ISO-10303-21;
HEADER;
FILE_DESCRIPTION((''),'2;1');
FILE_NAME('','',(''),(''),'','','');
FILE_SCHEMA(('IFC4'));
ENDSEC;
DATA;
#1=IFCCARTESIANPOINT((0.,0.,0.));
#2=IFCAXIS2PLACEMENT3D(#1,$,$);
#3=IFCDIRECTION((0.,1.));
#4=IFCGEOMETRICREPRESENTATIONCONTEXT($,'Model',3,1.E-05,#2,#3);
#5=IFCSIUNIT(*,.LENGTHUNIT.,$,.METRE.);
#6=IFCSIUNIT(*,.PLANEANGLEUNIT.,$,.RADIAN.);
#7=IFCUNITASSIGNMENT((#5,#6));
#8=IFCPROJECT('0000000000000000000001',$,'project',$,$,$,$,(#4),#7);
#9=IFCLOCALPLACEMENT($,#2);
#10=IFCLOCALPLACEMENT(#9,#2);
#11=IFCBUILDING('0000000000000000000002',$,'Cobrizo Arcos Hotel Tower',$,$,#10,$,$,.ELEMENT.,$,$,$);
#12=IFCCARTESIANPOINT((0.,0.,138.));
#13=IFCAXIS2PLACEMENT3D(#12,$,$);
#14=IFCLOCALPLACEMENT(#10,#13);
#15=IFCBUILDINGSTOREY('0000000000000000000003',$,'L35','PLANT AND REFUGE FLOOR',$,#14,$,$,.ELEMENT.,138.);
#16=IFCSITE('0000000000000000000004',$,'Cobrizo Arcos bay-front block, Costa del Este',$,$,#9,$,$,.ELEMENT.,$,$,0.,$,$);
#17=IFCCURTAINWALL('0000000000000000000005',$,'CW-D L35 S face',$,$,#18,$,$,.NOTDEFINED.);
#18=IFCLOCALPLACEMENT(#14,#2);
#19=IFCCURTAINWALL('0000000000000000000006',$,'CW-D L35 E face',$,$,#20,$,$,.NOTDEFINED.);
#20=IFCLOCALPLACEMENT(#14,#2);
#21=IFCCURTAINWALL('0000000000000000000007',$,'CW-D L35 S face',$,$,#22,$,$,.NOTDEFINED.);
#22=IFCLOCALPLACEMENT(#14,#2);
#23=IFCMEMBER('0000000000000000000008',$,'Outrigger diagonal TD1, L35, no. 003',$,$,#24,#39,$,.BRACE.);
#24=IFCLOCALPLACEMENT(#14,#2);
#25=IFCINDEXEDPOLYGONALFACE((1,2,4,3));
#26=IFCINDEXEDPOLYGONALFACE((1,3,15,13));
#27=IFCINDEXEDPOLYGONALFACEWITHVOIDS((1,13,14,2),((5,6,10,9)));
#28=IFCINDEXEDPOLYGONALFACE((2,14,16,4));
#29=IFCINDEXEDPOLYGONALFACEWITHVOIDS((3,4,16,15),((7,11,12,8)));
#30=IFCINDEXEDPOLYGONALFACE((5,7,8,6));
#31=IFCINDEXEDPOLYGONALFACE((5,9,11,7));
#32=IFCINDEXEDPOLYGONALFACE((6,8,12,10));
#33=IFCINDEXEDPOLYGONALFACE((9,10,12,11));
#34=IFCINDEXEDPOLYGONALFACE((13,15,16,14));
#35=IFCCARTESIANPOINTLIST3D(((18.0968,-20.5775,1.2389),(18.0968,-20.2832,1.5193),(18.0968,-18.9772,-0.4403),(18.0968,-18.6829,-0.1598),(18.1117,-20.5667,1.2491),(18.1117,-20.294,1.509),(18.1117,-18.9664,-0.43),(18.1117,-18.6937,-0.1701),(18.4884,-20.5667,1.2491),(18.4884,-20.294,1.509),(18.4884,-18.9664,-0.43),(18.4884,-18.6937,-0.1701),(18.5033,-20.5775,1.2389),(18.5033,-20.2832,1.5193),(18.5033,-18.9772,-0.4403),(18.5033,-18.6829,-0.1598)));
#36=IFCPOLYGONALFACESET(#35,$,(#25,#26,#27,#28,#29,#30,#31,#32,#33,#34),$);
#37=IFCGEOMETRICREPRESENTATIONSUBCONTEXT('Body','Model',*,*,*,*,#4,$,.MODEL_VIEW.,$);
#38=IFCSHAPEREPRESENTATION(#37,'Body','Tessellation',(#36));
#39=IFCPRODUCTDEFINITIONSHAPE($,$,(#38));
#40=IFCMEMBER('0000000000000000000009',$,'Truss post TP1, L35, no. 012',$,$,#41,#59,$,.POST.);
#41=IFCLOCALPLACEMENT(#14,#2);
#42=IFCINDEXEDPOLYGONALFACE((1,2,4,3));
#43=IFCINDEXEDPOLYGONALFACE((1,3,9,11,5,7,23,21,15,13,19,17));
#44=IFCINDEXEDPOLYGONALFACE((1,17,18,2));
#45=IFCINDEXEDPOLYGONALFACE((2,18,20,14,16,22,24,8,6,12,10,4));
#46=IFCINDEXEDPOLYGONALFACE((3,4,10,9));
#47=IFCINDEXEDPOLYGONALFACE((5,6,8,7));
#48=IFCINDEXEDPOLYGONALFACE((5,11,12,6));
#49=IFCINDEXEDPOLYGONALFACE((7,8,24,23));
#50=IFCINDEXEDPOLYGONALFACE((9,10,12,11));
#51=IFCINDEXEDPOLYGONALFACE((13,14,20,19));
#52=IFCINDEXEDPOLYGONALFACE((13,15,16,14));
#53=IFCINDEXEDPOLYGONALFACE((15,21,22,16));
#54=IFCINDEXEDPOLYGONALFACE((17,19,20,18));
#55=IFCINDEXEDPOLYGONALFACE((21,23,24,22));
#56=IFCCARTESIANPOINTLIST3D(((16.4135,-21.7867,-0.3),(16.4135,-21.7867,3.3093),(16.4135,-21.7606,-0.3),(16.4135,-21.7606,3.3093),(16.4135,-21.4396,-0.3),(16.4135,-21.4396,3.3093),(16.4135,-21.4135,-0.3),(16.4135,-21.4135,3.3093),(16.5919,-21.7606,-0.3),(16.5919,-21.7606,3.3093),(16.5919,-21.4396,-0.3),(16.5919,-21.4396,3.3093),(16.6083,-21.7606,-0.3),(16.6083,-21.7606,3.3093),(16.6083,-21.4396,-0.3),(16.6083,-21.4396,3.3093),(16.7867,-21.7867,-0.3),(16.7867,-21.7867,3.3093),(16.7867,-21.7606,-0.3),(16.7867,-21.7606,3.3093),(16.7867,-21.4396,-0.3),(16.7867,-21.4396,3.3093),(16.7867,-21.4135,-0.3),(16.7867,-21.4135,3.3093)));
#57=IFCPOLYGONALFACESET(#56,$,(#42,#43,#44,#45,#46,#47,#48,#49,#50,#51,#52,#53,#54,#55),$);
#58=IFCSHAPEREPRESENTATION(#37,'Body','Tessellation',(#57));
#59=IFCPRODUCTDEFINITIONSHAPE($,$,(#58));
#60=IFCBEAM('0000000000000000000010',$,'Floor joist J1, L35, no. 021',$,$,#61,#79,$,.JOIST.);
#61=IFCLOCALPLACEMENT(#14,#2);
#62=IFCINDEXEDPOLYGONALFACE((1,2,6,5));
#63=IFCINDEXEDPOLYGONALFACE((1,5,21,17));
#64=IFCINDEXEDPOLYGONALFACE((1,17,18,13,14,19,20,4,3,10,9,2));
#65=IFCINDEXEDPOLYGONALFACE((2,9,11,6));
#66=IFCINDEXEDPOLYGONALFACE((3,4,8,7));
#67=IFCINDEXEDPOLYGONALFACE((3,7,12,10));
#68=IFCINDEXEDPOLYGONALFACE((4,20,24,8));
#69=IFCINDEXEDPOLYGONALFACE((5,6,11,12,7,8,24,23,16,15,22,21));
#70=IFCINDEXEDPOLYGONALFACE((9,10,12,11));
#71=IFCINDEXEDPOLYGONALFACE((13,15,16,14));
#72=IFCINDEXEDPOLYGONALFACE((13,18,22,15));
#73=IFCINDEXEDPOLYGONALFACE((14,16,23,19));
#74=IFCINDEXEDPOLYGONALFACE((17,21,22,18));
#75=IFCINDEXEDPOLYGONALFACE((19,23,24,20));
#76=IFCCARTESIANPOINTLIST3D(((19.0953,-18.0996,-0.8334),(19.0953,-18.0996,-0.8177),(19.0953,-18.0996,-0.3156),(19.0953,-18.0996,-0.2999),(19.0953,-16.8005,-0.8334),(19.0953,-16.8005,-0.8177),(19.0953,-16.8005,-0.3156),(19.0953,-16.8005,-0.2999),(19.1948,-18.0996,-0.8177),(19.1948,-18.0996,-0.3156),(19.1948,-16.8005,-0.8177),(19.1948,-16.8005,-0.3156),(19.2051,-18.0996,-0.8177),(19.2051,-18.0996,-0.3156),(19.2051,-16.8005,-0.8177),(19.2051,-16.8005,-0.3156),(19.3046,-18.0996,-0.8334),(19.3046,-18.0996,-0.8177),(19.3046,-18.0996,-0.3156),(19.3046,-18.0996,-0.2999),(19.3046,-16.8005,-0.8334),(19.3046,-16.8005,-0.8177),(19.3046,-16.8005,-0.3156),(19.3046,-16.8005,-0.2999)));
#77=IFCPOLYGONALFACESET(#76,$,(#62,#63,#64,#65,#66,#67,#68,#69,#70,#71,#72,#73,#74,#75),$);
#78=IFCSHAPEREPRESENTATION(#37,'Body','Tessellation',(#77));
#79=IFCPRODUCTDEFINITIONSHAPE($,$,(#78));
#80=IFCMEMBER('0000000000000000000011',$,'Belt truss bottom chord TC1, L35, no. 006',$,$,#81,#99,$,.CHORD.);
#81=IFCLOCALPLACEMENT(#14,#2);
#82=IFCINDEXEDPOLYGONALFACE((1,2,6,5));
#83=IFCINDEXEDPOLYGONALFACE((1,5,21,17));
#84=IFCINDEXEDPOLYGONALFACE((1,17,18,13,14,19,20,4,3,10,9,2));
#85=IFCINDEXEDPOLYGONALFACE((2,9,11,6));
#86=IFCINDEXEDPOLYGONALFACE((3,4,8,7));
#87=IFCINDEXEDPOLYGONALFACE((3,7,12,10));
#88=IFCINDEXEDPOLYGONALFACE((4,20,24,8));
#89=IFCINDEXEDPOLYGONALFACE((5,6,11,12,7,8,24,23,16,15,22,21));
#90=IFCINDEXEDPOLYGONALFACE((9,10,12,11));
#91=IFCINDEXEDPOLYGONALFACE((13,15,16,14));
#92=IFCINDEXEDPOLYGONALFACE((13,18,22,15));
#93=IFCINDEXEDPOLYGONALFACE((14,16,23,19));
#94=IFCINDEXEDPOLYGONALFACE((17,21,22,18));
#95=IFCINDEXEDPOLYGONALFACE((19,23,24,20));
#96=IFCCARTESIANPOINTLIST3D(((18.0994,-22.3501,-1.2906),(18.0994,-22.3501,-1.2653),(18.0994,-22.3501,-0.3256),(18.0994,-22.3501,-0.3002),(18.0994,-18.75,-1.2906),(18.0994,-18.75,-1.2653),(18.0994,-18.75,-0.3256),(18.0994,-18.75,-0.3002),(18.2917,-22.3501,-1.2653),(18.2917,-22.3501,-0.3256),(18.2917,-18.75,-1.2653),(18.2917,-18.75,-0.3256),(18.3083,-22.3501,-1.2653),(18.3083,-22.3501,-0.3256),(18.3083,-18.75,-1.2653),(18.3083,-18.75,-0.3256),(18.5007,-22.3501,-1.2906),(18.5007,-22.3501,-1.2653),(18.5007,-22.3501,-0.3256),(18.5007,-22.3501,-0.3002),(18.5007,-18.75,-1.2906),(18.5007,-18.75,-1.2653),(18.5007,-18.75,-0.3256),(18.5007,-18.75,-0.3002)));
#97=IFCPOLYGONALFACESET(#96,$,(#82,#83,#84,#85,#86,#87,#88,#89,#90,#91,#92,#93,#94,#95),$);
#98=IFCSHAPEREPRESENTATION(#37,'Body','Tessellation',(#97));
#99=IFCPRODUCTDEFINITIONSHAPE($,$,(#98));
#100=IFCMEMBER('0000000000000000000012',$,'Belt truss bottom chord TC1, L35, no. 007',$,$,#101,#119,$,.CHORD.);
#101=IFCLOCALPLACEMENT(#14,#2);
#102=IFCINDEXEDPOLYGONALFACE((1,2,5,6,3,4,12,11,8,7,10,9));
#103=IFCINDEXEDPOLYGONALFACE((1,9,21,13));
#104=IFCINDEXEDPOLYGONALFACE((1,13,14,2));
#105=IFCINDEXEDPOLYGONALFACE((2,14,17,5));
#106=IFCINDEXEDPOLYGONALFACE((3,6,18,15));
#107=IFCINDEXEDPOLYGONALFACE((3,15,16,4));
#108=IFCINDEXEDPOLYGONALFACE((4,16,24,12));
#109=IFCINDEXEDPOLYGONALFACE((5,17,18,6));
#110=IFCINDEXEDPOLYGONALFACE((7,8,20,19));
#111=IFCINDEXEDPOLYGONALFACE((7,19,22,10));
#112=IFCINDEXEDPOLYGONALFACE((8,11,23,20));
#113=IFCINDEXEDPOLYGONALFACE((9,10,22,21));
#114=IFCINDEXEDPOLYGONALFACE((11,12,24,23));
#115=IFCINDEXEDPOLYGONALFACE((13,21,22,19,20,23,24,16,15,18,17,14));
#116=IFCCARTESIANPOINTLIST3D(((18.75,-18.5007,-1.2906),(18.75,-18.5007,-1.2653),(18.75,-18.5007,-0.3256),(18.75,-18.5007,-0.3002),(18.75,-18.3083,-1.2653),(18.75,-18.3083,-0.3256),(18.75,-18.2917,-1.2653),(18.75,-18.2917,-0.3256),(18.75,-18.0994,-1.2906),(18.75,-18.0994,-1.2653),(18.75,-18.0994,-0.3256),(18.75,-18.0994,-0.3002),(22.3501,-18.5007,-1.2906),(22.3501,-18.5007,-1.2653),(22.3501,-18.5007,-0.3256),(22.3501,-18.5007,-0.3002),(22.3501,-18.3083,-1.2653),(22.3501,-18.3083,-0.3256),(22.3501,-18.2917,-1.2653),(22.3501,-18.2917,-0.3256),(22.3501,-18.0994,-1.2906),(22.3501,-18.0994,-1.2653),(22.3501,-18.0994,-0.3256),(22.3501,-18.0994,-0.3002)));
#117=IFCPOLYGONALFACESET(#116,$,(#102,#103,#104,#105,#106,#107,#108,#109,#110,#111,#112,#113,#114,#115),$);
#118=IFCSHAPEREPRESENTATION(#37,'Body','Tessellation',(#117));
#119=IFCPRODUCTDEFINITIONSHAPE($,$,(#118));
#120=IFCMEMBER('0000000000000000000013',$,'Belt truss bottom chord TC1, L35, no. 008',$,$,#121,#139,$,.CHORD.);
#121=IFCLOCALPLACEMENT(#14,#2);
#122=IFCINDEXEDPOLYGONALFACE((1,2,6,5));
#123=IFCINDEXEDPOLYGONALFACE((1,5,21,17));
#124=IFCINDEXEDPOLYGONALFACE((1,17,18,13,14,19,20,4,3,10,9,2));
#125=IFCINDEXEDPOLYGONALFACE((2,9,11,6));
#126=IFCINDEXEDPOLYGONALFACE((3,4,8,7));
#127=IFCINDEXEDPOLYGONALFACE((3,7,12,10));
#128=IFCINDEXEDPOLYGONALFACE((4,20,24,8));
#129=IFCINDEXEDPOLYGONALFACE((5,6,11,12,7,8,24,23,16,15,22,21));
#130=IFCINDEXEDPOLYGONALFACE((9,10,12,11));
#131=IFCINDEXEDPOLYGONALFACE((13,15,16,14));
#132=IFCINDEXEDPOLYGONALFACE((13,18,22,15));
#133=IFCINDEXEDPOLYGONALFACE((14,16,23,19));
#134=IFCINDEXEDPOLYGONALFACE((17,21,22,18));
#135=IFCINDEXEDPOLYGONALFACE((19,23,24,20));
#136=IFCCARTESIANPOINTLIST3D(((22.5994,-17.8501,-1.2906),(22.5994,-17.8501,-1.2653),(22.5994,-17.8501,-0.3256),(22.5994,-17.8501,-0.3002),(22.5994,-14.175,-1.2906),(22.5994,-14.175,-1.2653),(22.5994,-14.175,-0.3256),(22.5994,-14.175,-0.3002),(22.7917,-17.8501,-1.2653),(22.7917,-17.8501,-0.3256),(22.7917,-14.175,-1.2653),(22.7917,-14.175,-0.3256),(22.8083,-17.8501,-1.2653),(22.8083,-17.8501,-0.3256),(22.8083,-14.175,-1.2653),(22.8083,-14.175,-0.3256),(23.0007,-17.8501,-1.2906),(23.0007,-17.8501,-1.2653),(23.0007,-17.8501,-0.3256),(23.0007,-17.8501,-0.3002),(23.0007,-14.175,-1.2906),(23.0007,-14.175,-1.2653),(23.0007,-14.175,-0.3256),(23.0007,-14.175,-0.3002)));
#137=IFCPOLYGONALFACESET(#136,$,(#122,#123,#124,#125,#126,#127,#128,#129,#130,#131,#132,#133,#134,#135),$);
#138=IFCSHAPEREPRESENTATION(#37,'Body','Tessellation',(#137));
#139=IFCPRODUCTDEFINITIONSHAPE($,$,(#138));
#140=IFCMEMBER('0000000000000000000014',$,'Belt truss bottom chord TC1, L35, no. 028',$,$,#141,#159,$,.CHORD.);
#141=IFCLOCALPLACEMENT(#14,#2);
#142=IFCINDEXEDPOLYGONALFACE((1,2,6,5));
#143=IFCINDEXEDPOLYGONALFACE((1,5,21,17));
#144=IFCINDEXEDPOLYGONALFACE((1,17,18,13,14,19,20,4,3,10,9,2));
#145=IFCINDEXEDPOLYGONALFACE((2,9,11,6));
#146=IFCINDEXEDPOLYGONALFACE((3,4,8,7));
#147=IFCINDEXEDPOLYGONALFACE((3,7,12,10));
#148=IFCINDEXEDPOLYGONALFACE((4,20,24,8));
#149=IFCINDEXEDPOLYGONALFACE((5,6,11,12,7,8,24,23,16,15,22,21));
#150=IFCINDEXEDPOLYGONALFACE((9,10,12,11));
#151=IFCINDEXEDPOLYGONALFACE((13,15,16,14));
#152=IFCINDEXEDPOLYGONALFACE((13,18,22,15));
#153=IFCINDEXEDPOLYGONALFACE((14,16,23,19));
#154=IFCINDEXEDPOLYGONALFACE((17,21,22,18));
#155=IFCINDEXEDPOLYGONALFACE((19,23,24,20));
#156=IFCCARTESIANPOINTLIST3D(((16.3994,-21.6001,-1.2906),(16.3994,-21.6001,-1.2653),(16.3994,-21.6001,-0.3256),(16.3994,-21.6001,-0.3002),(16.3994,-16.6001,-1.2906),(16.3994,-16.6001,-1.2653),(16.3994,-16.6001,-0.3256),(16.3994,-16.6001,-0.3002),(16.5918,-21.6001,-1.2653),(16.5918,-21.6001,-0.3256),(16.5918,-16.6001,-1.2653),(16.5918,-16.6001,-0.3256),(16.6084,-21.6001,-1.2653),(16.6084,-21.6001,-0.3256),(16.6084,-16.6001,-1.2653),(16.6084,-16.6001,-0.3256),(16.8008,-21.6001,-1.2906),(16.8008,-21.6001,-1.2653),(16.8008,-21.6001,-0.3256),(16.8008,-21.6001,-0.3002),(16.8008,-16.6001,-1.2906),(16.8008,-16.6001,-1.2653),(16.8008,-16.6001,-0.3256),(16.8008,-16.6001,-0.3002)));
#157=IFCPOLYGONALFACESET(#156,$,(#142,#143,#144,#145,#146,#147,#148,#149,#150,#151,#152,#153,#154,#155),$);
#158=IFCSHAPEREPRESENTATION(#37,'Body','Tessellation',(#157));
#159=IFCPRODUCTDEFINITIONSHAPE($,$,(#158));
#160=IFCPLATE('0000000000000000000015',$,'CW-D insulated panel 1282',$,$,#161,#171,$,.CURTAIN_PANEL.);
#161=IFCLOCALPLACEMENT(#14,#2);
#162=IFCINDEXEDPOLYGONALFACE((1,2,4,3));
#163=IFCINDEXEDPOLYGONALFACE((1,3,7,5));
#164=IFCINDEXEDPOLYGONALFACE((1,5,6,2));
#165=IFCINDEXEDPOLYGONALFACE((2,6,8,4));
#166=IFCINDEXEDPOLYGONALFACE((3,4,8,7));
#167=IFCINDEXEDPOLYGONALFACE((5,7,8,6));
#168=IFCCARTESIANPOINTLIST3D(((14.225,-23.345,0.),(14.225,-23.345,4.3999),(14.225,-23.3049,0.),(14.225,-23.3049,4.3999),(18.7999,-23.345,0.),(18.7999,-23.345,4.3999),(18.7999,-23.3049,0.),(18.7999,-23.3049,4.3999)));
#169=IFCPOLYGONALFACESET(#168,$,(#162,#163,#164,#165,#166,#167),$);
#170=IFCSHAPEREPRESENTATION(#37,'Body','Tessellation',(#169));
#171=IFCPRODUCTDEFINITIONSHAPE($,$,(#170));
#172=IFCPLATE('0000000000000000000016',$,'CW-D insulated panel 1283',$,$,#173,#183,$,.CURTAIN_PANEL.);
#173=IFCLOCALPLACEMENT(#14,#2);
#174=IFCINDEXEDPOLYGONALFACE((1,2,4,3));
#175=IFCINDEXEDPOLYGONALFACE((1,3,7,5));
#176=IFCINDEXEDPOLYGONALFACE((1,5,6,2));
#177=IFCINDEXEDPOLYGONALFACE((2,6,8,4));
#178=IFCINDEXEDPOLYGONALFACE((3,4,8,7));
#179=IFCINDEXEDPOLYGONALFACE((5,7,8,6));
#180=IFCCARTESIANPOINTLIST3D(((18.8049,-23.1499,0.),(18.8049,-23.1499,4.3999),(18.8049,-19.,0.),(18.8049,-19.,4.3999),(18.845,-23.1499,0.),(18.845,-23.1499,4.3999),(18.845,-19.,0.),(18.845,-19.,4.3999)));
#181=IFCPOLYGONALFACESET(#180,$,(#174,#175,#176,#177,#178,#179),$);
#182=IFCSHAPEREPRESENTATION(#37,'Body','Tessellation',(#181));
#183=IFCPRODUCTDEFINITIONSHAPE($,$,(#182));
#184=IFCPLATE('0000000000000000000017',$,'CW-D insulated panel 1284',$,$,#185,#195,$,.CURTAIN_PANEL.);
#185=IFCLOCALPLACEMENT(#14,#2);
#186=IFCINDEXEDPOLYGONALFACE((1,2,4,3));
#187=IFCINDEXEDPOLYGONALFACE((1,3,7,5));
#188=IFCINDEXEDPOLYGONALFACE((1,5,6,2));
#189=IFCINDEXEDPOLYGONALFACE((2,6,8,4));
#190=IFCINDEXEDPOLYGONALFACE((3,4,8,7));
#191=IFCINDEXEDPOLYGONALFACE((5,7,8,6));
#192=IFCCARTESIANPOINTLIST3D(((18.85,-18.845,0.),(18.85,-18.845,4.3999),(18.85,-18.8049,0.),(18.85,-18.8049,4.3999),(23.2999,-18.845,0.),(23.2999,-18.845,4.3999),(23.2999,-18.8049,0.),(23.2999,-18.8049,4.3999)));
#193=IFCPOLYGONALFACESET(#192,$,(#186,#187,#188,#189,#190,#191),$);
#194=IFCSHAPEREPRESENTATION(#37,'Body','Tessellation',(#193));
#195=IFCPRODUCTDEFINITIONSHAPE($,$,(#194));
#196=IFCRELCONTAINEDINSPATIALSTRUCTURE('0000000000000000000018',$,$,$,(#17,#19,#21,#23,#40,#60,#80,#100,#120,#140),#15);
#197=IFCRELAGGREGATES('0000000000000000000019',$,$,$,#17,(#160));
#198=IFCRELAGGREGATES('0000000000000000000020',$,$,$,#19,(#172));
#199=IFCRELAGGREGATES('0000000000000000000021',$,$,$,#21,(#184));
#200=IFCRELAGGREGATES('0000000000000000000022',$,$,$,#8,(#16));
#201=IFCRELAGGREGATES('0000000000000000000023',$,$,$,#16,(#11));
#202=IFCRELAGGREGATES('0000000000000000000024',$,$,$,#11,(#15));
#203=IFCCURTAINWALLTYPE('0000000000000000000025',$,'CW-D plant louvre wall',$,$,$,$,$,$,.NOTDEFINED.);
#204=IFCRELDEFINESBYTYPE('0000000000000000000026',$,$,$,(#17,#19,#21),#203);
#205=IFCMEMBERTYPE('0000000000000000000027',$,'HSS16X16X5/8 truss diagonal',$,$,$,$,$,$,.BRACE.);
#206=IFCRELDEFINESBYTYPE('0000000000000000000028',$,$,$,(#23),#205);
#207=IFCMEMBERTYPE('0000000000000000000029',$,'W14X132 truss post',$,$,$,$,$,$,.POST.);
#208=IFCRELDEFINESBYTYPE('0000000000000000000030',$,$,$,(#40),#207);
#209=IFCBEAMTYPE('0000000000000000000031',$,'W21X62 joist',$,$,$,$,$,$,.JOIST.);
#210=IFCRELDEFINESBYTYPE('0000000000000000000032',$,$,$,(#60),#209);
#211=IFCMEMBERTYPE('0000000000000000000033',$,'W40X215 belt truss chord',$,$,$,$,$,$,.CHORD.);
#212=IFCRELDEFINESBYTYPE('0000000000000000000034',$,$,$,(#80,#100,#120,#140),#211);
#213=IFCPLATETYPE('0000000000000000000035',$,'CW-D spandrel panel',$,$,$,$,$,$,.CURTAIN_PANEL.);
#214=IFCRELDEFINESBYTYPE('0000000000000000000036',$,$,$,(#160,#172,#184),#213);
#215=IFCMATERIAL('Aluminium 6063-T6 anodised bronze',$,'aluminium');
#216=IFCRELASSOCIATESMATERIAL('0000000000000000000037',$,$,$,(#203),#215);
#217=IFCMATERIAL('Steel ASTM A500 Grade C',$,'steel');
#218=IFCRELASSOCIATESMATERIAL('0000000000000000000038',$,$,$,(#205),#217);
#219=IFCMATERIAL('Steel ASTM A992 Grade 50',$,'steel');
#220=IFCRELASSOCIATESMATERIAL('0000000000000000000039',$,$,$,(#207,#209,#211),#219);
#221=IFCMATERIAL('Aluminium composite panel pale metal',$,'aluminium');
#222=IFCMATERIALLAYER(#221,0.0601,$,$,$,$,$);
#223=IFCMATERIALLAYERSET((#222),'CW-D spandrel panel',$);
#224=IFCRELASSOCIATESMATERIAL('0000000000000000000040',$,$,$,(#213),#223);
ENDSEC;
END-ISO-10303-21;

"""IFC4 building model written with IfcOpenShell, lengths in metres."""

from ifc_helpers import new_model, si_unit, direction, frame, origin, origin_2d, place, context, subcontext, project, spatial, rectangle, hollow_rectangle, i_section, extrude, material, layer, layer_set, material_profile, profile_set, type_object, element, aggregate, save


model = new_model("IFC4")

# Units and contexts
model_context = context("Model", 3, precision=1e-05, world=origin(), true_north=direction((0.0, 1.0)))
body_context = subcontext(model_context, "Body", "Model", "MODEL_VIEW")
ifc_project = project(units=[si_unit("LENGTHUNIT", "METRE"), si_unit("PLANEANGLEUNIT", "RADIAN")], contexts=[model_context])

# Site, building, storey
site_placement = place(None, origin())
site = spatial("IfcSite", under=ifc_project, at=site_placement, Name="Cobrizo Arcos bay-front block, Costa del Este", CompositionType="ELEMENT", RefElevation=0.0)
building_placement = place(site_placement, origin())
building = spatial("IfcBuilding", under=site, at=building_placement, Name="Cobrizo Arcos Hotel Tower", CompositionType="ELEMENT")
storey_placement = place(building_placement, frame((0.0, 0.0, 138.0)))
storey = spatial("IfcBuildingStorey", under=building, at=storey_placement, Name="L35", Description="PLANT AND REFUGE FLOOR", CompositionType="ELEMENT", Elevation=138.0)

# Curtain wall
ifc_material_1 = material(Name="Aluminium 6063-T6 anodised bronze", Category="aluminium")
curtain_wall_type = type_object("IfcCurtainWallType", Name="CW-D plant louvre wall", PredefinedType="NOTDEFINED", material=ifc_material_1)
curtain_wall_1_placement = place(storey_placement, origin())
curtain_wall_1 = element("IfcCurtainWall", 1, at=curtain_wall_1_placement, inside=storey, type_object=curtain_wall_type, Name="CW-D L35 S face", PredefinedType="NOTDEFINED")

# Curtain walls
curtain_wall_2_placement = place(storey_placement, origin())
curtain_wall_2 = element("IfcCurtainWall", 2, at=curtain_wall_2_placement, inside=storey, type_object=curtain_wall_type, Name="CW-D L35 E face", PredefinedType="NOTDEFINED")
curtain_wall_3_placement = place(storey_placement, origin())
curtain_wall_3 = element("IfcCurtainWall", 3, at=curtain_wall_3_placement, inside=storey, type_object=curtain_wall_type, Name="CW-D L35 S face", PredefinedType="NOTDEFINED")

# Members
ifc_material_2 = material(Name="Steel ASTM A500 Grade C", Category="steel")
ifc_material_profile_1 = material_profile(ifc_material_2, hollow_rectangle(XDim=0.4065, YDim=0.4065, WallThickness=0.0149, at=origin_2d()), Name="HSS16X16X5/8")
ifc_profile_set_1 = profile_set([ifc_material_profile_1], Name="Steel ASTM A500 Grade C")
member_type_1 = type_object("IfcMemberType", Name="HSS16X16X5/8 truss diagonal", PredefinedType="BRACE", material=ifc_profile_set_1)
member_1_placement = place(storey_placement, frame((18.3, -18.8301, -0.3), z_axis=(0.0, -0.689905, 0.7239), x_axis=(1.0, 0.0, 0.0)))
element("IfcMember", 4, at=member_1_placement, inside=storey, type_object=member_type_1, Name="Outrigger diagonal TD1, L35, no. 003", PredefinedType="BRACE", context=body_context, shape_type="SweptSolid", body=[
    extrude(hollow_rectangle(XDim=0.4065, YDim=0.4065, WallThickness=0.0149, at=origin_2d()), origin(), (0.0, 0.0, 1.0), 2.3196),
])
ifc_material_3 = material(Name="Steel ASTM A992 Grade 50", Category="steel")
ifc_material_profile_2 = material_profile(ifc_material_3, i_section(OverallWidth=0.3733, OverallDepth=0.3733, WebThickness=0.0164, FlangeThickness=0.0261, at=origin_2d()), Name="W14X132")
ifc_profile_set_2 = profile_set([ifc_material_profile_2], Name="Steel ASTM A992 Grade 50")
member_type_2 = type_object("IfcMemberType", Name="W14X132 truss post", PredefinedType="POST", material=ifc_profile_set_2)
member_2_placement = place(storey_placement, frame((16.6001, -21.6001, -0.3), z_axis=(0.0, 0.0, 1.0), x_axis=(1.0, 0.0, 0.0)))
element("IfcMember", 5, at=member_2_placement, inside=storey, type_object=member_type_2, Name="Truss post TP1, L35, no. 012", PredefinedType="POST", context=body_context, shape_type="SweptSolid", body=[
    extrude(i_section(OverallWidth=0.3733, OverallDepth=0.3733, WebThickness=0.0164, FlangeThickness=0.0261, at=origin_2d()), origin(), (0.0, 0.0, 1.0), 3.6094),
])

# Beam
ifc_material_profile_3 = material_profile(ifc_material_3, i_section(OverallWidth=0.2092, OverallDepth=0.5334, WebThickness=0.0103, FlangeThickness=0.0156, at=origin_2d()), Name="W21X62")
ifc_profile_set_3 = profile_set([ifc_material_profile_3], Name="Steel ASTM A992 Grade 50")
beam_type = type_object("IfcBeamType", Name="W21X62 joist", PredefinedType="JOIST", material=ifc_profile_set_3)
beam_placement = place(storey_placement, frame((19.2, -18.0996, -0.5667), z_axis=(0.0, 1.0, 0.0), x_axis=(-1.0, 0.0, 0.0)))
element("IfcBeam", 6, at=beam_placement, inside=storey, type_object=beam_type, Name="Floor joist J1, L35, no. 021", PredefinedType="JOIST", context=body_context, shape_type="SweptSolid", body=[
    extrude(i_section(OverallWidth=0.2092, OverallDepth=0.5334, WebThickness=0.0103, FlangeThickness=0.0156, at=origin_2d()), origin(), (0.0, 0.0, 1.0), 1.2991),
])

# Members
ifc_material_profile_4 = material_profile(ifc_material_3, i_section(OverallWidth=0.4014, OverallDepth=0.9905, WebThickness=0.0166, FlangeThickness=0.0254, at=origin_2d()), Name="W40X215")
ifc_profile_set_4 = profile_set([ifc_material_profile_4], Name="Steel ASTM A992 Grade 50")
member_type_3 = type_object("IfcMemberType", Name="W40X215 belt truss chord", PredefinedType="CHORD", material=ifc_profile_set_4)
for number, where, z_axis, x_axis, name in (
    (7, (18.3, -22.3501, -0.7954), (0.0, 1.0, 0.0), (-1.0, 0.0, 0.0), "Belt truss bottom chord TC1, L35, no. 006"),
    (8, (18.75, -18.3, -0.7954), (1.0, 0.0, 0.0), (0.0, 1.0, 0.0), "Belt truss bottom chord TC1, L35, no. 007"),
):
    element("IfcMember", number, at=place(storey_placement, frame(where, z_axis=z_axis, x_axis=x_axis)), inside=storey, type_object=member_type_3, Name=name, PredefinedType="CHORD", context=body_context, shape_type="SweptSolid", body=[
        extrude(i_section(OverallWidth=0.4014, OverallDepth=0.9905, WebThickness=0.0166, FlangeThickness=0.0254, at=origin_2d()), origin(), (0.0, 0.0, 1.0), 3.6001),
    ])
member_3_placement = place(storey_placement, frame((22.8, -17.8501, -0.7954), z_axis=(0.0, 1.0, 0.0), x_axis=(-1.0, 0.0, 0.0)))
element("IfcMember", 9, at=member_3_placement, inside=storey, type_object=member_type_3, Name="Belt truss bottom chord TC1, L35, no. 008", PredefinedType="CHORD", context=body_context, shape_type="SweptSolid", body=[
    extrude(i_section(OverallWidth=0.4014, OverallDepth=0.9905, WebThickness=0.0166, FlangeThickness=0.0254, at=origin_2d()), origin(), (0.0, 0.0, 1.0), 3.675),
])
member_4_placement = place(storey_placement, frame((16.6001, -21.6001, -0.7954), z_axis=(0.0, 1.0, 0.0), x_axis=(-1.0, 0.0, 0.0)))
element("IfcMember", 10, at=member_4_placement, inside=storey, type_object=member_type_3, Name="Belt truss bottom chord TC1, L35, no. 028", PredefinedType="CHORD", context=body_context, shape_type="SweptSolid", body=[
    extrude(i_section(OverallWidth=0.4014, OverallDepth=0.9905, WebThickness=0.0166, FlangeThickness=0.0254, at=origin_2d()), origin(), (0.0, 0.0, 1.0), 5.0),
])

# Plates
ifc_material_4 = material(Name="Aluminium composite panel pale metal", Category="aluminium")
ifc_layer = layer(ifc_material_4, 0.0601)
ifc_layer_set = layer_set([ifc_layer], Name="CW-D spandrel panel")
plate_type = type_object("IfcPlateType", Name="CW-D spandrel panel", PredefinedType="CURTAIN_PANEL", material=ifc_layer_set)
plate_1_placement = place(storey_placement, frame((16.5125, -23.325, 0.0), z_axis=(0.0, 0.0, 1.0), x_axis=(1.0, 0.0, 0.0)))
plate_1 = element("IfcPlate", 11, at=plate_1_placement, type_object=plate_type, Name="CW-D insulated panel 1282", PredefinedType="CURTAIN_PANEL", context=body_context, shape_type="SweptSolid", body=[
    extrude(rectangle(XDim=4.575, YDim=0.04, at=origin_2d()), origin(), (0.0, 0.0, 1.0), 4.3999),
])
aggregate(curtain_wall_1, [plate_1])
plate_2_placement = place(storey_placement, frame((18.825, -21.075, 0.0), z_axis=(0.0, 0.0, 1.0), x_axis=(0.0, 1.0, 0.0)))
plate_2 = element("IfcPlate", 12, at=plate_2_placement, type_object=plate_type, Name="CW-D insulated panel 1283", PredefinedType="CURTAIN_PANEL", context=body_context, shape_type="SweptSolid", body=[
    extrude(rectangle(XDim=4.1499, YDim=0.04, at=origin_2d()), origin(), (0.0, 0.0, 1.0), 4.3999),
])
aggregate(curtain_wall_2, [plate_2])
plate_3_placement = place(storey_placement, frame((21.075, -18.825, 0.0), z_axis=(0.0, 0.0, 1.0), x_axis=(1.0, 0.0, 0.0)))
plate_3 = element("IfcPlate", 13, at=plate_3_placement, type_object=plate_type, Name="CW-D insulated panel 1284", PredefinedType="CURTAIN_PANEL", context=body_context, shape_type="SweptSolid", body=[
    extrude(rectangle(XDim=4.45, YDim=0.04, at=origin_2d()), origin(), (0.0, 0.0, 1.0), 4.3999),
])
aggregate(curtain_wall_3, [plate_3])

save(model, "model.ifc")
